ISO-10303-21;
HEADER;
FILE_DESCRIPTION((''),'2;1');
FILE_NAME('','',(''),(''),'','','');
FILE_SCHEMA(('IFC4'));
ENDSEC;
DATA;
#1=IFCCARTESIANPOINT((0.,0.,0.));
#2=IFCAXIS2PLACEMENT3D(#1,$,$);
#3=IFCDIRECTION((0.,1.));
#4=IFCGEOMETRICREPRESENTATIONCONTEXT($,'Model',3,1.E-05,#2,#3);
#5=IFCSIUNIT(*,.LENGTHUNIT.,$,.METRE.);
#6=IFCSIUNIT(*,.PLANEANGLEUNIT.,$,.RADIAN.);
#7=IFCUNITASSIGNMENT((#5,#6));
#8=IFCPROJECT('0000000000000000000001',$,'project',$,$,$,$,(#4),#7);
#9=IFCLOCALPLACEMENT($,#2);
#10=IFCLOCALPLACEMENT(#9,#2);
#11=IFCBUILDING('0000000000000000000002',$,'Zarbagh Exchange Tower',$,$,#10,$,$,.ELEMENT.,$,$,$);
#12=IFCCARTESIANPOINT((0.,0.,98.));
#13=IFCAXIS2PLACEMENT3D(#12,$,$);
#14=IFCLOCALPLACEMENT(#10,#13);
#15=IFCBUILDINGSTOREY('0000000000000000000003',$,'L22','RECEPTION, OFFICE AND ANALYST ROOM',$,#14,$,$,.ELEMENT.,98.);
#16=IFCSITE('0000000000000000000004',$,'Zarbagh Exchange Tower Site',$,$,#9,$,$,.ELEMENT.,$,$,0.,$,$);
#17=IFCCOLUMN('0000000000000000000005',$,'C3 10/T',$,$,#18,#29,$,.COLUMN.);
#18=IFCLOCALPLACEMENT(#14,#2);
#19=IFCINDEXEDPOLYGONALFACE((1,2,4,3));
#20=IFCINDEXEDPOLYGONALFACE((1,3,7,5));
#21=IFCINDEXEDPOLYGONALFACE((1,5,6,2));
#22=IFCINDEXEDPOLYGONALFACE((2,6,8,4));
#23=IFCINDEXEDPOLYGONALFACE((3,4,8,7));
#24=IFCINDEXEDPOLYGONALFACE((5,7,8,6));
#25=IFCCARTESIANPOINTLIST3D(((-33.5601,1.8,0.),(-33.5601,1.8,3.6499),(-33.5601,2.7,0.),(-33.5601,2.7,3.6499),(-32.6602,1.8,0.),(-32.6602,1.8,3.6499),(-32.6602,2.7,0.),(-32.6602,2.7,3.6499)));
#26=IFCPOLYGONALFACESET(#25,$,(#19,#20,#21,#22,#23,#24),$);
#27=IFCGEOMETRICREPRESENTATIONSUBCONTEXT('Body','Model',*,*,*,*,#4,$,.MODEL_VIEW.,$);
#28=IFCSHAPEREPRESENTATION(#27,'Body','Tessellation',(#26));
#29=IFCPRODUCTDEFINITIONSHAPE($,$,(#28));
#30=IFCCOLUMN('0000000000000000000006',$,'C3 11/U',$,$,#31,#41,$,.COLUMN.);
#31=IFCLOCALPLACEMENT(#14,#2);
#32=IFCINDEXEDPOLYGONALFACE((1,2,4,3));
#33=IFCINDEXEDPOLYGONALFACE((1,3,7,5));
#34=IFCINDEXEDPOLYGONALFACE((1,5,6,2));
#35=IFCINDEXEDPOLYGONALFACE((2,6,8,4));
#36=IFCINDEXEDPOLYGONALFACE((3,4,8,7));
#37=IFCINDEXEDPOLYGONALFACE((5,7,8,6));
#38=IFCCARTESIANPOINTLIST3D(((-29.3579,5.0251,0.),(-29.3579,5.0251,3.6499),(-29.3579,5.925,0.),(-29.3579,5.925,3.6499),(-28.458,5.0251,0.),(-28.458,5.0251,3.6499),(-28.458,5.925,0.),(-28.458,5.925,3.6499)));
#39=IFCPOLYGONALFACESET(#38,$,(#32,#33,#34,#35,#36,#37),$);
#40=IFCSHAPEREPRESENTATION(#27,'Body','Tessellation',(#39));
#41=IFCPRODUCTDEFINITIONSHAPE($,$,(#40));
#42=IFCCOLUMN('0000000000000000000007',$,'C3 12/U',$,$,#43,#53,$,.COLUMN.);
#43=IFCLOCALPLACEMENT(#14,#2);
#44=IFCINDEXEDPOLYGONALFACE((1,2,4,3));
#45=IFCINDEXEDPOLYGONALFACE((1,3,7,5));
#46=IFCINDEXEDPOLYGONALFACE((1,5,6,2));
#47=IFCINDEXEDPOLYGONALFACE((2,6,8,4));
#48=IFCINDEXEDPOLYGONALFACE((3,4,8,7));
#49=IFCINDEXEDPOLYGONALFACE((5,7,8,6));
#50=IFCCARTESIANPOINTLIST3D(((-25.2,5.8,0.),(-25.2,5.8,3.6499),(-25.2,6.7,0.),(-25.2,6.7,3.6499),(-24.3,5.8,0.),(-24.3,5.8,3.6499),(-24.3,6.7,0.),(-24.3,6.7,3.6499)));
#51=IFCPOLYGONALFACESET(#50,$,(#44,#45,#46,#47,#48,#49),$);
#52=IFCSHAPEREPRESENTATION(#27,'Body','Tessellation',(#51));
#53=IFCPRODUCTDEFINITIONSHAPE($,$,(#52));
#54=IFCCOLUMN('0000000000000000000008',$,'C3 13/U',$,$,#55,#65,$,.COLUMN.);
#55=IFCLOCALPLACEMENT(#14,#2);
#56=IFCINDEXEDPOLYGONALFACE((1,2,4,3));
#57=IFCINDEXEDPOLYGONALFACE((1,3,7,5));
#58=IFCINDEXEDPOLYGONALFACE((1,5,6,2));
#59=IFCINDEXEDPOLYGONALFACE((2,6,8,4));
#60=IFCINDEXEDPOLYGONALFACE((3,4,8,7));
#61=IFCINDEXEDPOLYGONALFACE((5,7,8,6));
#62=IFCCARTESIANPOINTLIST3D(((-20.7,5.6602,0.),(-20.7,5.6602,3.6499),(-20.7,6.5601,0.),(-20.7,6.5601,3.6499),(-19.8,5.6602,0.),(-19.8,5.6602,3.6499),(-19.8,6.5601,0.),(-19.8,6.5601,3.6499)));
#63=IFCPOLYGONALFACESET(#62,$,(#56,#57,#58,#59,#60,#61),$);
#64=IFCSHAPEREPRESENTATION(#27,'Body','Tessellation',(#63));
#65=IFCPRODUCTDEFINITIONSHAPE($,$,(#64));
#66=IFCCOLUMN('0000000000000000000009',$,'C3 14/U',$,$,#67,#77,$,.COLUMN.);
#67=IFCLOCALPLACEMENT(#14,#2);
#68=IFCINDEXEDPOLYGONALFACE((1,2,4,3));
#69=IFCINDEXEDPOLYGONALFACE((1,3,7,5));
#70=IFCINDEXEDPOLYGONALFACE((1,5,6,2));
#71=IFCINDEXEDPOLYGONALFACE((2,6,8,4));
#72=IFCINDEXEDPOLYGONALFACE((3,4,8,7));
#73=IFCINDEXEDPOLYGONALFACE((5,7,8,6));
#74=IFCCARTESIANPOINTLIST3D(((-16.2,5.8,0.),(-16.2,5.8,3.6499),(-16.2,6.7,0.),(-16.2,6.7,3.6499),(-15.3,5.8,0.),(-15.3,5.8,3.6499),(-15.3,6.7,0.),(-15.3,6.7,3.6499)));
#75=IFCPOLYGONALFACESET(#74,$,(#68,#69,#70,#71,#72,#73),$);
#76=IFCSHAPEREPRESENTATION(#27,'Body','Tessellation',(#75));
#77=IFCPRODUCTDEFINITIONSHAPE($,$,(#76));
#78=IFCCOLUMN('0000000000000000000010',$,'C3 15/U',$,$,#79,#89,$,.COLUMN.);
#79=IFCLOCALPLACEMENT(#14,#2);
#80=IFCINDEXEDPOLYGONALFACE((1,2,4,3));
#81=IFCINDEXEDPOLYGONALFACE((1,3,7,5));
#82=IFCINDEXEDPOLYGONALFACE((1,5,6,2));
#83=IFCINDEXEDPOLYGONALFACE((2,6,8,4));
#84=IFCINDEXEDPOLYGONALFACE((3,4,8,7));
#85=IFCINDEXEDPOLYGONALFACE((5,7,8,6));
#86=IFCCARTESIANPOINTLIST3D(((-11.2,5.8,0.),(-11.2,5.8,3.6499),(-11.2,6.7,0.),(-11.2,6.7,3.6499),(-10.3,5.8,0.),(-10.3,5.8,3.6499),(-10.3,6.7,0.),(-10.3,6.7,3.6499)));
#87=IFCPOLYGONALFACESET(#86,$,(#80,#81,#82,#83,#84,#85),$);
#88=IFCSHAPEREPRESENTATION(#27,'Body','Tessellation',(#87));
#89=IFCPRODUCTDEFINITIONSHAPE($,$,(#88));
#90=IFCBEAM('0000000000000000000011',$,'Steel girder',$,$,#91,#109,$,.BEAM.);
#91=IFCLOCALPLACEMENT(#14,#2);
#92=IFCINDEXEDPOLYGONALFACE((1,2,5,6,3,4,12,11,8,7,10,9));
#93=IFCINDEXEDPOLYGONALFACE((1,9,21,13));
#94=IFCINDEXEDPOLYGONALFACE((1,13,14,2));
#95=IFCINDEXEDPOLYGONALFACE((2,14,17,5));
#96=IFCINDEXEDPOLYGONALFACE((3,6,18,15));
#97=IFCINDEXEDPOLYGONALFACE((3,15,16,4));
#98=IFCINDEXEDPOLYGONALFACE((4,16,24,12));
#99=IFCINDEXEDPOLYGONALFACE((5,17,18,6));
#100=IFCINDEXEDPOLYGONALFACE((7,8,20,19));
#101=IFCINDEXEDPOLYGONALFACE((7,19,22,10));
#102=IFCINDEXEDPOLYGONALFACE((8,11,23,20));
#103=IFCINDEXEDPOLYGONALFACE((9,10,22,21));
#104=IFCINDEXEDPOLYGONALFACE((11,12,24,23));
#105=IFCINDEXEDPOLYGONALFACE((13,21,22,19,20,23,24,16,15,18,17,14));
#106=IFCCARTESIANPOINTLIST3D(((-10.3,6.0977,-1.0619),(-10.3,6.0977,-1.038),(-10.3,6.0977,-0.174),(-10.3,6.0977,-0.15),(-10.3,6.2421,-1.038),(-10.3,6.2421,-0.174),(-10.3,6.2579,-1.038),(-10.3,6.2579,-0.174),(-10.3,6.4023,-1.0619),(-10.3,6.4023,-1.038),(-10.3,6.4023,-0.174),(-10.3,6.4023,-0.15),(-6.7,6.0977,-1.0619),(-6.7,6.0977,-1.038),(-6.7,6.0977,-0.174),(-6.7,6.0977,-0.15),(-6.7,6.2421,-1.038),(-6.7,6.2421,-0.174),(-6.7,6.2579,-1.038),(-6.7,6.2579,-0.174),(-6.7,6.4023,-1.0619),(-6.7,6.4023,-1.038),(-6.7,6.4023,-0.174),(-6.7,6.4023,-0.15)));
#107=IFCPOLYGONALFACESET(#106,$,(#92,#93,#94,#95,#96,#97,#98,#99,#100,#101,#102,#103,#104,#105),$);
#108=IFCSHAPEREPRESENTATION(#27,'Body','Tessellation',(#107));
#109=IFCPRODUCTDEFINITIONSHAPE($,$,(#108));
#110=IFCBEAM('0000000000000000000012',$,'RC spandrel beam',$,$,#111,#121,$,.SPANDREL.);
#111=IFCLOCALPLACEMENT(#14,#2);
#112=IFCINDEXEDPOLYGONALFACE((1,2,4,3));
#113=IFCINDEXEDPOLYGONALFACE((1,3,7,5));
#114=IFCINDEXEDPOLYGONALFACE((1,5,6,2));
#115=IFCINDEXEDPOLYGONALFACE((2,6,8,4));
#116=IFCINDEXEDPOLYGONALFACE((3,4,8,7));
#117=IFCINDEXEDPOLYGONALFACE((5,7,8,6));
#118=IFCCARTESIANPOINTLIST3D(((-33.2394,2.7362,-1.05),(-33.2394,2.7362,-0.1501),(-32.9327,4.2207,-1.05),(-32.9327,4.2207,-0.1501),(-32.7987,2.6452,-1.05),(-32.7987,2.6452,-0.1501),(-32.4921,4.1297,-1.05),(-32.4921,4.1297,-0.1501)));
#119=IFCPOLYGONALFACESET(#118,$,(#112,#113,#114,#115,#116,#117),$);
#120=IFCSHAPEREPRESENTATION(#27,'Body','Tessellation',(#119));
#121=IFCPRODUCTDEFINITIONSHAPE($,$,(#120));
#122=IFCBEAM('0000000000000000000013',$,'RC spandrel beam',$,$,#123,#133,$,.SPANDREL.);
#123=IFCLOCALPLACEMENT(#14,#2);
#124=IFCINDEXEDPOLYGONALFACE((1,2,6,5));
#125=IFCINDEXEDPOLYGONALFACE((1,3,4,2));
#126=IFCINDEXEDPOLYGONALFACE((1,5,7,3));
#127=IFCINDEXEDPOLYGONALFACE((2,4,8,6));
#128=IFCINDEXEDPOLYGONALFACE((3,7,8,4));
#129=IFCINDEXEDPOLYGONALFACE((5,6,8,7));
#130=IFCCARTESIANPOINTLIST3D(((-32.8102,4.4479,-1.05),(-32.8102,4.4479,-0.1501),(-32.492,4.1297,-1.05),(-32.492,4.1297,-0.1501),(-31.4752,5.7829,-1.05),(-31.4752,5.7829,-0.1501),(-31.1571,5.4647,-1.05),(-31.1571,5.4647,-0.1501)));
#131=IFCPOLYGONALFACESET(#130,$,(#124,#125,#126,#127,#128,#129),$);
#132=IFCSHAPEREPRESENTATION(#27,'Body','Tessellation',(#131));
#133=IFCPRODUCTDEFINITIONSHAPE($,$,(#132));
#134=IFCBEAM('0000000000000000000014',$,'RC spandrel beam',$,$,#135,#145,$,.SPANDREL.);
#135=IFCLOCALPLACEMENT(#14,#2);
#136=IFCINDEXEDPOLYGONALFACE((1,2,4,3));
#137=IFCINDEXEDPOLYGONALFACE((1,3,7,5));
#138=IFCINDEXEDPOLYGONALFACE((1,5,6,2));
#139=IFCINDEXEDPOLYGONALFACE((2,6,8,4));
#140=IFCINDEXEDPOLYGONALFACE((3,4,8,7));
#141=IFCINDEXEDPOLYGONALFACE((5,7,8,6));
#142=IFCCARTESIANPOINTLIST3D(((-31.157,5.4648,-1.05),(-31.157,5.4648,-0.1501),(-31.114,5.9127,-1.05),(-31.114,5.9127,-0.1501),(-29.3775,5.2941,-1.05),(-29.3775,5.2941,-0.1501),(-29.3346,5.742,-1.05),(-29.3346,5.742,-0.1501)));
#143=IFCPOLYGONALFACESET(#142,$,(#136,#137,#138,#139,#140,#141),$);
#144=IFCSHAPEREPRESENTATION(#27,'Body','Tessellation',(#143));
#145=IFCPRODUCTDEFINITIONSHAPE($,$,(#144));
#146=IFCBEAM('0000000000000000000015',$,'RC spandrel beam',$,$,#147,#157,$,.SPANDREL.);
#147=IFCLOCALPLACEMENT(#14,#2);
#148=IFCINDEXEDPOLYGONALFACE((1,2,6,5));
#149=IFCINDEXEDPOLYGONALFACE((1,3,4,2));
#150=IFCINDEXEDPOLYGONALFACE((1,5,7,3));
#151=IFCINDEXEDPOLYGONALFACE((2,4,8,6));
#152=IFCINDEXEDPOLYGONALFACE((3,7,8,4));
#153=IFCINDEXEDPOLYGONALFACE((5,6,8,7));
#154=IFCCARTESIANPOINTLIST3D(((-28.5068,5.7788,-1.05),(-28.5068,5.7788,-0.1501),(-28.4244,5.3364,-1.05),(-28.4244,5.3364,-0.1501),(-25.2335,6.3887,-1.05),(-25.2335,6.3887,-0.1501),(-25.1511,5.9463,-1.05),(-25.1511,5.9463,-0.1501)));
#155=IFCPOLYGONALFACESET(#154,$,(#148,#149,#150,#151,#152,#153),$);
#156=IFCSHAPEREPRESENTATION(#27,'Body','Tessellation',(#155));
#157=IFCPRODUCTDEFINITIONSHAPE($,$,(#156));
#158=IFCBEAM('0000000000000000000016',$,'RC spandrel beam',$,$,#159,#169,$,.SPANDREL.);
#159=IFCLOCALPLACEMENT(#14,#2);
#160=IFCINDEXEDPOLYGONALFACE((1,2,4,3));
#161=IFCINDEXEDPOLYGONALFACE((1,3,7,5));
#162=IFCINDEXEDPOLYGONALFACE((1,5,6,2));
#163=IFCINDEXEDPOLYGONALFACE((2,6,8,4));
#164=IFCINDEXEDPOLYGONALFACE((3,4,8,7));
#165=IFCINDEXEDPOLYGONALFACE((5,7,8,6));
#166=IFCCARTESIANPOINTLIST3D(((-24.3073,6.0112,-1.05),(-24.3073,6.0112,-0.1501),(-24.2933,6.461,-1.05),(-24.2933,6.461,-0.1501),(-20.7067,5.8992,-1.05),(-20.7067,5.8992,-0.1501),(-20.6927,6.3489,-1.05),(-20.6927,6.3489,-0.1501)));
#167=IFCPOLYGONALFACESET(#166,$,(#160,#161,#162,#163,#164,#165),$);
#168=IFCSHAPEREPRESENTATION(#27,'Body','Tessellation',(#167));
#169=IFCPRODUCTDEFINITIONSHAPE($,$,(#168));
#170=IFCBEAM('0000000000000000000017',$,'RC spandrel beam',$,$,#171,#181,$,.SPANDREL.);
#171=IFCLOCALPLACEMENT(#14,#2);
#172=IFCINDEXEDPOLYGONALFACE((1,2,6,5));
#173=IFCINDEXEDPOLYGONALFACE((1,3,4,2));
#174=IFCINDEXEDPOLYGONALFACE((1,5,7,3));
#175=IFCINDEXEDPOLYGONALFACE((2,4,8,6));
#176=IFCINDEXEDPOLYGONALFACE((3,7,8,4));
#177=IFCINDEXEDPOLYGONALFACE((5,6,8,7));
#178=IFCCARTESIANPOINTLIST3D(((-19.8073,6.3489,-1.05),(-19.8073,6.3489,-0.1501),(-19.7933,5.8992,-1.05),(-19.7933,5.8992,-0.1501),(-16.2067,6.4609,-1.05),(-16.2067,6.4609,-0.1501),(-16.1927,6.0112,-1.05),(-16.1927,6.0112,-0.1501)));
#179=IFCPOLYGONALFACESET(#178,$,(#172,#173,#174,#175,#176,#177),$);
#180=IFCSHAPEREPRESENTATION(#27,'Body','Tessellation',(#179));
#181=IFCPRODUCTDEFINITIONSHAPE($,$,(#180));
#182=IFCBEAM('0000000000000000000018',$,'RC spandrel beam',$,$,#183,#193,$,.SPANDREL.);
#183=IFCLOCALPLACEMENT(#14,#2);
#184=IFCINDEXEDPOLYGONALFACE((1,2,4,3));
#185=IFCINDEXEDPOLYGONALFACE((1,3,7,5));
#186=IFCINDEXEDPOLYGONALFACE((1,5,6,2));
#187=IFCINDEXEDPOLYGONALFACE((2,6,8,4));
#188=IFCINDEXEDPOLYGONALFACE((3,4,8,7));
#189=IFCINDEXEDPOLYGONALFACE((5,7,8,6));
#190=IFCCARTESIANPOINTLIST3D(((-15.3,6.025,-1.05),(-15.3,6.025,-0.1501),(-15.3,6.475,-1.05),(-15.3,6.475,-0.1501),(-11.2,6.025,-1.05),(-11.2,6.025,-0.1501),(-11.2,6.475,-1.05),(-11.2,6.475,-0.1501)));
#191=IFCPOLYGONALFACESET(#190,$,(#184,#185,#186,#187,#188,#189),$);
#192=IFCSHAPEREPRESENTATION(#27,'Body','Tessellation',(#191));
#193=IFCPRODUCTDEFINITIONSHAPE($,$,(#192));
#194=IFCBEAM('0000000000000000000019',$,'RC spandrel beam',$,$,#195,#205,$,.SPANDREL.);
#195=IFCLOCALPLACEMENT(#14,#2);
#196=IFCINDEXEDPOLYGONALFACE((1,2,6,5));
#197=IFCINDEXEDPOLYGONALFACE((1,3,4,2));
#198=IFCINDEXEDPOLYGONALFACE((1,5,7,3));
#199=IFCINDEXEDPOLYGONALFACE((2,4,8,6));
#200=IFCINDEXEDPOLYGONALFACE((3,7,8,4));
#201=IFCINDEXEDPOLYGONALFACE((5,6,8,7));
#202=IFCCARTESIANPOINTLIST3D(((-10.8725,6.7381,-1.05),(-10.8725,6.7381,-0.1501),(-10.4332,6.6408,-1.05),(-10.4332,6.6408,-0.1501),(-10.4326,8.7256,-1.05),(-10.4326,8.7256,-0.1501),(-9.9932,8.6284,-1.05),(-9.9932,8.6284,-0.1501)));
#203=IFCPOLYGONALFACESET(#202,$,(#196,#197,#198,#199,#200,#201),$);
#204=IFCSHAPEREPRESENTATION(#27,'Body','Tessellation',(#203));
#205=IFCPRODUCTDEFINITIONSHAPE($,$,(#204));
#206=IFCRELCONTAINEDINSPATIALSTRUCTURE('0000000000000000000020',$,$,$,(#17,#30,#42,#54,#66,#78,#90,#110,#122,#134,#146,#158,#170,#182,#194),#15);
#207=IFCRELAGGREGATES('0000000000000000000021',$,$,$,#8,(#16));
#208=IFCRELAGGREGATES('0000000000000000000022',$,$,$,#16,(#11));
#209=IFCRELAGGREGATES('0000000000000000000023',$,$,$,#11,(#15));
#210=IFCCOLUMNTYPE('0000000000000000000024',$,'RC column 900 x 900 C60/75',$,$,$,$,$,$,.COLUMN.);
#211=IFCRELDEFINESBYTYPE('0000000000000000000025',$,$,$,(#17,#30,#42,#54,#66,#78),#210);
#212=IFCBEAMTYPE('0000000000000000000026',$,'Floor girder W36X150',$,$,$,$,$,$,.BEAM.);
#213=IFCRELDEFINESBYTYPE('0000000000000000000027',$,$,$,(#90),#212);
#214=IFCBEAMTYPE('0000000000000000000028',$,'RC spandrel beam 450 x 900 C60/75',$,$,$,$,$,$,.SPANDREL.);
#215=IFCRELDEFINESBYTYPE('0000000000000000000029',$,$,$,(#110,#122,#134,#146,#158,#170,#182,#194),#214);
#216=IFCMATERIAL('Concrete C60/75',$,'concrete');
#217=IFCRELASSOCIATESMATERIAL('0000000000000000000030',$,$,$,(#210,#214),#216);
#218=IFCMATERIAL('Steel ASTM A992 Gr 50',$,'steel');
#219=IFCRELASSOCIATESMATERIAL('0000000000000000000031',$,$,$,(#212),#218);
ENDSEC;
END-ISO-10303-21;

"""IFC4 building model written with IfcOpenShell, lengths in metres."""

from ifc_helpers import new_model, si_unit, direction, frame, origin, origin_2d, place, context, subcontext, project, spatial, rectangle, i_section, extrude, material, material_profile, profile_set, type_object, element, save


model = new_model("IFC4")

# Units and contexts
model_context = context("Model", 3, precision=1e-05, world=origin(), true_north=direction((0.0, 1.0)))
body_context = subcontext(model_context, "Body", "Model", "MODEL_VIEW")
ifc_project = project(units=[si_unit("LENGTHUNIT", "METRE"), si_unit("PLANEANGLEUNIT", "RADIAN")], contexts=[model_context])

# Site, building, storey
site_placement = place(None, origin())
site = spatial("IfcSite", under=ifc_project, at=site_placement, Name="Zarbagh Exchange Tower Site", CompositionType="ELEMENT", RefElevation=0.0)
building_placement = place(site_placement, origin())
building = spatial("IfcBuilding", under=site, at=building_placement, Name="Zarbagh Exchange Tower", CompositionType="ELEMENT")
storey_placement = place(building_placement, frame((0.0, 0.0, 98.0)))
storey = spatial("IfcBuildingStorey", under=building, at=storey_placement, Name="L22", Description="RECEPTION, OFFICE AND ANALYST ROOM", CompositionType="ELEMENT", Elevation=98.0)

# Columns
ifc_material_1 = material(Name="Concrete C60/75", Category="concrete")
ifc_material_profile_1 = material_profile(ifc_material_1, rectangle(XDim=0.8999, YDim=0.8999, at=origin_2d()), Name="RC column 900 x 900 C60/75")
ifc_profile_set_1 = profile_set([ifc_material_profile_1], Name="Concrete C60/75")
column_type = type_object("IfcColumnType", Name="RC column 900 x 900 C60/75", PredefinedType="COLUMN", material=ifc_profile_set_1)
for number, where, z_axis, x_axis, name in (
    (1, (-33.1101, 2.25, 0.0), (0.0, 0.0, 1.0), (1.0, 0.0, 0.0), "C3 10/T"),
    (2, (-28.908, 5.4751, 0.0), (0.0, 0.0, 1.0), (1.0, 0.0, 0.0), "C3 11/U"),
    (3, (-24.75, 6.25, 0.0), (0.0, 0.0, 1.0), (1.0, 0.0, 0.0), "C3 12/U"),
    (4, (-20.25, 6.1101, 0.0), (0.0, 0.0, 1.0), (1.0, 0.0, 0.0), "C3 13/U"),
    (5, (-15.75, 6.25, 0.0), (0.0, 0.0, 1.0), (1.0, 0.0, 0.0), "C3 14/U"),
    (6, (-10.75, 6.25, 0.0), (0.0, 0.0, 1.0), (1.0, 0.0, 0.0), "C3 15/U"),
):
    element("IfcColumn", number, at=place(storey_placement, frame(where, z_axis=z_axis, x_axis=x_axis)), inside=storey, type_object=column_type, Name=name, PredefinedType="COLUMN", context=body_context, shape_type="SweptSolid", body=[
        extrude(rectangle(XDim=0.8999, YDim=0.8999, at=origin_2d()), origin(), (0.0, 0.0, 1.0), 3.6499),
    ])

# Beams
ifc_material_2 = material(Name="Steel ASTM A992 Gr 50", Category="steel")
ifc_material_profile_2 = material_profile(ifc_material_2, i_section(OverallWidth=0.3047, OverallDepth=0.9119, WebThickness=0.0159, FlangeThickness=0.0239, at=origin_2d()), Name="W36X150")
ifc_profile_set_2 = profile_set([ifc_material_profile_2], Name="Steel ASTM A992 Gr 50")
beam_type_1 = type_object("IfcBeamType", Name="Floor girder W36X150", PredefinedType="BEAM", material=ifc_profile_set_2)
beam_1_placement = place(storey_placement, frame((-10.3, 6.25, -0.606), z_axis=(1.0, 0.0, 0.0), x_axis=(0.0, 1.0, 0.0)))
element("IfcBeam", 7, at=beam_1_placement, inside=storey, type_object=beam_type_1, Name="Steel girder", PredefinedType="BEAM", context=body_context, shape_type="SweptSolid", body=[
    extrude(i_section(OverallWidth=0.3047, OverallDepth=0.9119, WebThickness=0.0159, FlangeThickness=0.0239, at=origin_2d()), origin(), (0.0, 0.0, 1.0), 3.6001),
])
ifc_material_profile_3 = material_profile(ifc_material_1, rectangle(XDim=0.45, YDim=0.8999, at=origin_2d()), Name="RC spandrel beam 450 x 900 C60/75")
ifc_profile_set_3 = profile_set([ifc_material_profile_3], Name="Concrete C60/75")
beam_type_2 = type_object("IfcBeamType", Name="RC spandrel beam 450 x 900 C60/75", PredefinedType="SPANDREL", material=ifc_profile_set_3)
beam_2_placement = place(storey_placement, frame((-33.019, 2.6907, -0.6001), z_axis=(0.202275, 0.979329, 0.0), x_axis=(-0.979329, 0.202275, 0.0)))
element("IfcBeam", 8, at=beam_2_placement, inside=storey, type_object=beam_type_2, Name="RC spandrel beam", PredefinedType="SPANDREL", context=body_context, shape_type="SweptSolid", body=[
    extrude(rectangle(XDim=0.45, YDim=0.8999, at=origin_2d()), origin(), (0.0, 0.0, 1.0), 1.5159),
])
beam_3_placement = place(storey_placement, frame((-32.6511, 4.2888, -0.6001), z_axis=(0.707107, 0.707107, 0.0), x_axis=(-0.707107, 0.707107, 0.0)))
element("IfcBeam", 9, at=beam_3_placement, inside=storey, type_object=beam_type_2, Name="RC spandrel beam", PredefinedType="SPANDREL", context=body_context, shape_type="SweptSolid", body=[
    extrude(rectangle(XDim=0.45, YDim=0.8999, at=origin_2d()), origin(), (0.0, 0.0, 1.0), 1.8879),
])
beam_4_placement = place(storey_placement, frame((-31.1355, 5.6887, -0.6001), z_axis=(0.995433, -0.09546, 0.0), x_axis=(0.09546, 0.995433, 0.0)))
element("IfcBeam", 10, at=beam_4_placement, inside=storey, type_object=beam_type_2, Name="RC spandrel beam", PredefinedType="SPANDREL", context=body_context, shape_type="SweptSolid", body=[
    extrude(rectangle(XDim=0.45, YDim=0.8999, at=origin_2d()), origin(), (0.0, 0.0, 1.0), 1.7876),
])
beam_5_placement = place(storey_placement, frame((-28.4656, 5.5576, -0.6001), z_axis=(0.983082, 0.183168, 0.0), x_axis=(-0.183168, 0.983082, 0.0)))
element("IfcBeam", 11, at=beam_5_placement, inside=storey, type_object=beam_type_2, Name="RC spandrel beam", PredefinedType="SPANDREL", context=body_context, shape_type="SweptSolid", body=[
    extrude(rectangle(XDim=0.45, YDim=0.8999, at=origin_2d()), origin(), (0.0, 0.0, 1.0), 3.3296),
])
for number, where, z_axis, x_axis, name in (
    (12, (-24.3003, 6.2361, -0.6001), (0.999516, -0.031108, 0.0), (0.031108, 0.999516, 0.0), "RC spandrel beam"),
    (13, (-19.8003, 6.124, -0.6001), (0.999516, 0.031108, 0.0), (-0.031108, 0.999516, 0.0), "RC spandrel beam"),
):
    element("IfcBeam", number, at=place(storey_placement, frame(where, z_axis=z_axis, x_axis=x_axis)), inside=storey, type_object=beam_type_2, Name=name, PredefinedType="SPANDREL", context=body_context, shape_type="SweptSolid", body=[
        extrude(rectangle(XDim=0.45, YDim=0.8999, at=origin_2d()), origin(), (0.0, 0.0, 1.0), 3.6023),
    ])
beam_6_placement = place(storey_placement, frame((-15.3, 6.25, -0.6001), z_axis=(1.0, 0.0, 0.0), x_axis=(0.0, 1.0, 0.0)))
element("IfcBeam", 14, at=beam_6_placement, inside=storey, type_object=beam_type_2, Name="RC spandrel beam", PredefinedType="SPANDREL", context=body_context, shape_type="SweptSolid", body=[
    extrude(rectangle(XDim=0.45, YDim=0.8999, at=origin_2d()), origin(), (0.0, 0.0, 1.0), 4.1001),
])
beam_7_placement = place(storey_placement, frame((-10.6528, 6.6895, -0.6001), z_axis=(0.216118, 0.976367, 0.0), x_axis=(-0.976367, 0.216118, 0.0)))
element("IfcBeam", 15, at=beam_7_placement, inside=storey, type_object=beam_type_2, Name="RC spandrel beam", PredefinedType="SPANDREL", context=body_context, shape_type="SweptSolid", body=[
    extrude(rectangle(XDim=0.45, YDim=0.8999, at=origin_2d()), origin(), (0.0, 0.0, 1.0), 2.0356),
])

save(model, "model.ifc")
